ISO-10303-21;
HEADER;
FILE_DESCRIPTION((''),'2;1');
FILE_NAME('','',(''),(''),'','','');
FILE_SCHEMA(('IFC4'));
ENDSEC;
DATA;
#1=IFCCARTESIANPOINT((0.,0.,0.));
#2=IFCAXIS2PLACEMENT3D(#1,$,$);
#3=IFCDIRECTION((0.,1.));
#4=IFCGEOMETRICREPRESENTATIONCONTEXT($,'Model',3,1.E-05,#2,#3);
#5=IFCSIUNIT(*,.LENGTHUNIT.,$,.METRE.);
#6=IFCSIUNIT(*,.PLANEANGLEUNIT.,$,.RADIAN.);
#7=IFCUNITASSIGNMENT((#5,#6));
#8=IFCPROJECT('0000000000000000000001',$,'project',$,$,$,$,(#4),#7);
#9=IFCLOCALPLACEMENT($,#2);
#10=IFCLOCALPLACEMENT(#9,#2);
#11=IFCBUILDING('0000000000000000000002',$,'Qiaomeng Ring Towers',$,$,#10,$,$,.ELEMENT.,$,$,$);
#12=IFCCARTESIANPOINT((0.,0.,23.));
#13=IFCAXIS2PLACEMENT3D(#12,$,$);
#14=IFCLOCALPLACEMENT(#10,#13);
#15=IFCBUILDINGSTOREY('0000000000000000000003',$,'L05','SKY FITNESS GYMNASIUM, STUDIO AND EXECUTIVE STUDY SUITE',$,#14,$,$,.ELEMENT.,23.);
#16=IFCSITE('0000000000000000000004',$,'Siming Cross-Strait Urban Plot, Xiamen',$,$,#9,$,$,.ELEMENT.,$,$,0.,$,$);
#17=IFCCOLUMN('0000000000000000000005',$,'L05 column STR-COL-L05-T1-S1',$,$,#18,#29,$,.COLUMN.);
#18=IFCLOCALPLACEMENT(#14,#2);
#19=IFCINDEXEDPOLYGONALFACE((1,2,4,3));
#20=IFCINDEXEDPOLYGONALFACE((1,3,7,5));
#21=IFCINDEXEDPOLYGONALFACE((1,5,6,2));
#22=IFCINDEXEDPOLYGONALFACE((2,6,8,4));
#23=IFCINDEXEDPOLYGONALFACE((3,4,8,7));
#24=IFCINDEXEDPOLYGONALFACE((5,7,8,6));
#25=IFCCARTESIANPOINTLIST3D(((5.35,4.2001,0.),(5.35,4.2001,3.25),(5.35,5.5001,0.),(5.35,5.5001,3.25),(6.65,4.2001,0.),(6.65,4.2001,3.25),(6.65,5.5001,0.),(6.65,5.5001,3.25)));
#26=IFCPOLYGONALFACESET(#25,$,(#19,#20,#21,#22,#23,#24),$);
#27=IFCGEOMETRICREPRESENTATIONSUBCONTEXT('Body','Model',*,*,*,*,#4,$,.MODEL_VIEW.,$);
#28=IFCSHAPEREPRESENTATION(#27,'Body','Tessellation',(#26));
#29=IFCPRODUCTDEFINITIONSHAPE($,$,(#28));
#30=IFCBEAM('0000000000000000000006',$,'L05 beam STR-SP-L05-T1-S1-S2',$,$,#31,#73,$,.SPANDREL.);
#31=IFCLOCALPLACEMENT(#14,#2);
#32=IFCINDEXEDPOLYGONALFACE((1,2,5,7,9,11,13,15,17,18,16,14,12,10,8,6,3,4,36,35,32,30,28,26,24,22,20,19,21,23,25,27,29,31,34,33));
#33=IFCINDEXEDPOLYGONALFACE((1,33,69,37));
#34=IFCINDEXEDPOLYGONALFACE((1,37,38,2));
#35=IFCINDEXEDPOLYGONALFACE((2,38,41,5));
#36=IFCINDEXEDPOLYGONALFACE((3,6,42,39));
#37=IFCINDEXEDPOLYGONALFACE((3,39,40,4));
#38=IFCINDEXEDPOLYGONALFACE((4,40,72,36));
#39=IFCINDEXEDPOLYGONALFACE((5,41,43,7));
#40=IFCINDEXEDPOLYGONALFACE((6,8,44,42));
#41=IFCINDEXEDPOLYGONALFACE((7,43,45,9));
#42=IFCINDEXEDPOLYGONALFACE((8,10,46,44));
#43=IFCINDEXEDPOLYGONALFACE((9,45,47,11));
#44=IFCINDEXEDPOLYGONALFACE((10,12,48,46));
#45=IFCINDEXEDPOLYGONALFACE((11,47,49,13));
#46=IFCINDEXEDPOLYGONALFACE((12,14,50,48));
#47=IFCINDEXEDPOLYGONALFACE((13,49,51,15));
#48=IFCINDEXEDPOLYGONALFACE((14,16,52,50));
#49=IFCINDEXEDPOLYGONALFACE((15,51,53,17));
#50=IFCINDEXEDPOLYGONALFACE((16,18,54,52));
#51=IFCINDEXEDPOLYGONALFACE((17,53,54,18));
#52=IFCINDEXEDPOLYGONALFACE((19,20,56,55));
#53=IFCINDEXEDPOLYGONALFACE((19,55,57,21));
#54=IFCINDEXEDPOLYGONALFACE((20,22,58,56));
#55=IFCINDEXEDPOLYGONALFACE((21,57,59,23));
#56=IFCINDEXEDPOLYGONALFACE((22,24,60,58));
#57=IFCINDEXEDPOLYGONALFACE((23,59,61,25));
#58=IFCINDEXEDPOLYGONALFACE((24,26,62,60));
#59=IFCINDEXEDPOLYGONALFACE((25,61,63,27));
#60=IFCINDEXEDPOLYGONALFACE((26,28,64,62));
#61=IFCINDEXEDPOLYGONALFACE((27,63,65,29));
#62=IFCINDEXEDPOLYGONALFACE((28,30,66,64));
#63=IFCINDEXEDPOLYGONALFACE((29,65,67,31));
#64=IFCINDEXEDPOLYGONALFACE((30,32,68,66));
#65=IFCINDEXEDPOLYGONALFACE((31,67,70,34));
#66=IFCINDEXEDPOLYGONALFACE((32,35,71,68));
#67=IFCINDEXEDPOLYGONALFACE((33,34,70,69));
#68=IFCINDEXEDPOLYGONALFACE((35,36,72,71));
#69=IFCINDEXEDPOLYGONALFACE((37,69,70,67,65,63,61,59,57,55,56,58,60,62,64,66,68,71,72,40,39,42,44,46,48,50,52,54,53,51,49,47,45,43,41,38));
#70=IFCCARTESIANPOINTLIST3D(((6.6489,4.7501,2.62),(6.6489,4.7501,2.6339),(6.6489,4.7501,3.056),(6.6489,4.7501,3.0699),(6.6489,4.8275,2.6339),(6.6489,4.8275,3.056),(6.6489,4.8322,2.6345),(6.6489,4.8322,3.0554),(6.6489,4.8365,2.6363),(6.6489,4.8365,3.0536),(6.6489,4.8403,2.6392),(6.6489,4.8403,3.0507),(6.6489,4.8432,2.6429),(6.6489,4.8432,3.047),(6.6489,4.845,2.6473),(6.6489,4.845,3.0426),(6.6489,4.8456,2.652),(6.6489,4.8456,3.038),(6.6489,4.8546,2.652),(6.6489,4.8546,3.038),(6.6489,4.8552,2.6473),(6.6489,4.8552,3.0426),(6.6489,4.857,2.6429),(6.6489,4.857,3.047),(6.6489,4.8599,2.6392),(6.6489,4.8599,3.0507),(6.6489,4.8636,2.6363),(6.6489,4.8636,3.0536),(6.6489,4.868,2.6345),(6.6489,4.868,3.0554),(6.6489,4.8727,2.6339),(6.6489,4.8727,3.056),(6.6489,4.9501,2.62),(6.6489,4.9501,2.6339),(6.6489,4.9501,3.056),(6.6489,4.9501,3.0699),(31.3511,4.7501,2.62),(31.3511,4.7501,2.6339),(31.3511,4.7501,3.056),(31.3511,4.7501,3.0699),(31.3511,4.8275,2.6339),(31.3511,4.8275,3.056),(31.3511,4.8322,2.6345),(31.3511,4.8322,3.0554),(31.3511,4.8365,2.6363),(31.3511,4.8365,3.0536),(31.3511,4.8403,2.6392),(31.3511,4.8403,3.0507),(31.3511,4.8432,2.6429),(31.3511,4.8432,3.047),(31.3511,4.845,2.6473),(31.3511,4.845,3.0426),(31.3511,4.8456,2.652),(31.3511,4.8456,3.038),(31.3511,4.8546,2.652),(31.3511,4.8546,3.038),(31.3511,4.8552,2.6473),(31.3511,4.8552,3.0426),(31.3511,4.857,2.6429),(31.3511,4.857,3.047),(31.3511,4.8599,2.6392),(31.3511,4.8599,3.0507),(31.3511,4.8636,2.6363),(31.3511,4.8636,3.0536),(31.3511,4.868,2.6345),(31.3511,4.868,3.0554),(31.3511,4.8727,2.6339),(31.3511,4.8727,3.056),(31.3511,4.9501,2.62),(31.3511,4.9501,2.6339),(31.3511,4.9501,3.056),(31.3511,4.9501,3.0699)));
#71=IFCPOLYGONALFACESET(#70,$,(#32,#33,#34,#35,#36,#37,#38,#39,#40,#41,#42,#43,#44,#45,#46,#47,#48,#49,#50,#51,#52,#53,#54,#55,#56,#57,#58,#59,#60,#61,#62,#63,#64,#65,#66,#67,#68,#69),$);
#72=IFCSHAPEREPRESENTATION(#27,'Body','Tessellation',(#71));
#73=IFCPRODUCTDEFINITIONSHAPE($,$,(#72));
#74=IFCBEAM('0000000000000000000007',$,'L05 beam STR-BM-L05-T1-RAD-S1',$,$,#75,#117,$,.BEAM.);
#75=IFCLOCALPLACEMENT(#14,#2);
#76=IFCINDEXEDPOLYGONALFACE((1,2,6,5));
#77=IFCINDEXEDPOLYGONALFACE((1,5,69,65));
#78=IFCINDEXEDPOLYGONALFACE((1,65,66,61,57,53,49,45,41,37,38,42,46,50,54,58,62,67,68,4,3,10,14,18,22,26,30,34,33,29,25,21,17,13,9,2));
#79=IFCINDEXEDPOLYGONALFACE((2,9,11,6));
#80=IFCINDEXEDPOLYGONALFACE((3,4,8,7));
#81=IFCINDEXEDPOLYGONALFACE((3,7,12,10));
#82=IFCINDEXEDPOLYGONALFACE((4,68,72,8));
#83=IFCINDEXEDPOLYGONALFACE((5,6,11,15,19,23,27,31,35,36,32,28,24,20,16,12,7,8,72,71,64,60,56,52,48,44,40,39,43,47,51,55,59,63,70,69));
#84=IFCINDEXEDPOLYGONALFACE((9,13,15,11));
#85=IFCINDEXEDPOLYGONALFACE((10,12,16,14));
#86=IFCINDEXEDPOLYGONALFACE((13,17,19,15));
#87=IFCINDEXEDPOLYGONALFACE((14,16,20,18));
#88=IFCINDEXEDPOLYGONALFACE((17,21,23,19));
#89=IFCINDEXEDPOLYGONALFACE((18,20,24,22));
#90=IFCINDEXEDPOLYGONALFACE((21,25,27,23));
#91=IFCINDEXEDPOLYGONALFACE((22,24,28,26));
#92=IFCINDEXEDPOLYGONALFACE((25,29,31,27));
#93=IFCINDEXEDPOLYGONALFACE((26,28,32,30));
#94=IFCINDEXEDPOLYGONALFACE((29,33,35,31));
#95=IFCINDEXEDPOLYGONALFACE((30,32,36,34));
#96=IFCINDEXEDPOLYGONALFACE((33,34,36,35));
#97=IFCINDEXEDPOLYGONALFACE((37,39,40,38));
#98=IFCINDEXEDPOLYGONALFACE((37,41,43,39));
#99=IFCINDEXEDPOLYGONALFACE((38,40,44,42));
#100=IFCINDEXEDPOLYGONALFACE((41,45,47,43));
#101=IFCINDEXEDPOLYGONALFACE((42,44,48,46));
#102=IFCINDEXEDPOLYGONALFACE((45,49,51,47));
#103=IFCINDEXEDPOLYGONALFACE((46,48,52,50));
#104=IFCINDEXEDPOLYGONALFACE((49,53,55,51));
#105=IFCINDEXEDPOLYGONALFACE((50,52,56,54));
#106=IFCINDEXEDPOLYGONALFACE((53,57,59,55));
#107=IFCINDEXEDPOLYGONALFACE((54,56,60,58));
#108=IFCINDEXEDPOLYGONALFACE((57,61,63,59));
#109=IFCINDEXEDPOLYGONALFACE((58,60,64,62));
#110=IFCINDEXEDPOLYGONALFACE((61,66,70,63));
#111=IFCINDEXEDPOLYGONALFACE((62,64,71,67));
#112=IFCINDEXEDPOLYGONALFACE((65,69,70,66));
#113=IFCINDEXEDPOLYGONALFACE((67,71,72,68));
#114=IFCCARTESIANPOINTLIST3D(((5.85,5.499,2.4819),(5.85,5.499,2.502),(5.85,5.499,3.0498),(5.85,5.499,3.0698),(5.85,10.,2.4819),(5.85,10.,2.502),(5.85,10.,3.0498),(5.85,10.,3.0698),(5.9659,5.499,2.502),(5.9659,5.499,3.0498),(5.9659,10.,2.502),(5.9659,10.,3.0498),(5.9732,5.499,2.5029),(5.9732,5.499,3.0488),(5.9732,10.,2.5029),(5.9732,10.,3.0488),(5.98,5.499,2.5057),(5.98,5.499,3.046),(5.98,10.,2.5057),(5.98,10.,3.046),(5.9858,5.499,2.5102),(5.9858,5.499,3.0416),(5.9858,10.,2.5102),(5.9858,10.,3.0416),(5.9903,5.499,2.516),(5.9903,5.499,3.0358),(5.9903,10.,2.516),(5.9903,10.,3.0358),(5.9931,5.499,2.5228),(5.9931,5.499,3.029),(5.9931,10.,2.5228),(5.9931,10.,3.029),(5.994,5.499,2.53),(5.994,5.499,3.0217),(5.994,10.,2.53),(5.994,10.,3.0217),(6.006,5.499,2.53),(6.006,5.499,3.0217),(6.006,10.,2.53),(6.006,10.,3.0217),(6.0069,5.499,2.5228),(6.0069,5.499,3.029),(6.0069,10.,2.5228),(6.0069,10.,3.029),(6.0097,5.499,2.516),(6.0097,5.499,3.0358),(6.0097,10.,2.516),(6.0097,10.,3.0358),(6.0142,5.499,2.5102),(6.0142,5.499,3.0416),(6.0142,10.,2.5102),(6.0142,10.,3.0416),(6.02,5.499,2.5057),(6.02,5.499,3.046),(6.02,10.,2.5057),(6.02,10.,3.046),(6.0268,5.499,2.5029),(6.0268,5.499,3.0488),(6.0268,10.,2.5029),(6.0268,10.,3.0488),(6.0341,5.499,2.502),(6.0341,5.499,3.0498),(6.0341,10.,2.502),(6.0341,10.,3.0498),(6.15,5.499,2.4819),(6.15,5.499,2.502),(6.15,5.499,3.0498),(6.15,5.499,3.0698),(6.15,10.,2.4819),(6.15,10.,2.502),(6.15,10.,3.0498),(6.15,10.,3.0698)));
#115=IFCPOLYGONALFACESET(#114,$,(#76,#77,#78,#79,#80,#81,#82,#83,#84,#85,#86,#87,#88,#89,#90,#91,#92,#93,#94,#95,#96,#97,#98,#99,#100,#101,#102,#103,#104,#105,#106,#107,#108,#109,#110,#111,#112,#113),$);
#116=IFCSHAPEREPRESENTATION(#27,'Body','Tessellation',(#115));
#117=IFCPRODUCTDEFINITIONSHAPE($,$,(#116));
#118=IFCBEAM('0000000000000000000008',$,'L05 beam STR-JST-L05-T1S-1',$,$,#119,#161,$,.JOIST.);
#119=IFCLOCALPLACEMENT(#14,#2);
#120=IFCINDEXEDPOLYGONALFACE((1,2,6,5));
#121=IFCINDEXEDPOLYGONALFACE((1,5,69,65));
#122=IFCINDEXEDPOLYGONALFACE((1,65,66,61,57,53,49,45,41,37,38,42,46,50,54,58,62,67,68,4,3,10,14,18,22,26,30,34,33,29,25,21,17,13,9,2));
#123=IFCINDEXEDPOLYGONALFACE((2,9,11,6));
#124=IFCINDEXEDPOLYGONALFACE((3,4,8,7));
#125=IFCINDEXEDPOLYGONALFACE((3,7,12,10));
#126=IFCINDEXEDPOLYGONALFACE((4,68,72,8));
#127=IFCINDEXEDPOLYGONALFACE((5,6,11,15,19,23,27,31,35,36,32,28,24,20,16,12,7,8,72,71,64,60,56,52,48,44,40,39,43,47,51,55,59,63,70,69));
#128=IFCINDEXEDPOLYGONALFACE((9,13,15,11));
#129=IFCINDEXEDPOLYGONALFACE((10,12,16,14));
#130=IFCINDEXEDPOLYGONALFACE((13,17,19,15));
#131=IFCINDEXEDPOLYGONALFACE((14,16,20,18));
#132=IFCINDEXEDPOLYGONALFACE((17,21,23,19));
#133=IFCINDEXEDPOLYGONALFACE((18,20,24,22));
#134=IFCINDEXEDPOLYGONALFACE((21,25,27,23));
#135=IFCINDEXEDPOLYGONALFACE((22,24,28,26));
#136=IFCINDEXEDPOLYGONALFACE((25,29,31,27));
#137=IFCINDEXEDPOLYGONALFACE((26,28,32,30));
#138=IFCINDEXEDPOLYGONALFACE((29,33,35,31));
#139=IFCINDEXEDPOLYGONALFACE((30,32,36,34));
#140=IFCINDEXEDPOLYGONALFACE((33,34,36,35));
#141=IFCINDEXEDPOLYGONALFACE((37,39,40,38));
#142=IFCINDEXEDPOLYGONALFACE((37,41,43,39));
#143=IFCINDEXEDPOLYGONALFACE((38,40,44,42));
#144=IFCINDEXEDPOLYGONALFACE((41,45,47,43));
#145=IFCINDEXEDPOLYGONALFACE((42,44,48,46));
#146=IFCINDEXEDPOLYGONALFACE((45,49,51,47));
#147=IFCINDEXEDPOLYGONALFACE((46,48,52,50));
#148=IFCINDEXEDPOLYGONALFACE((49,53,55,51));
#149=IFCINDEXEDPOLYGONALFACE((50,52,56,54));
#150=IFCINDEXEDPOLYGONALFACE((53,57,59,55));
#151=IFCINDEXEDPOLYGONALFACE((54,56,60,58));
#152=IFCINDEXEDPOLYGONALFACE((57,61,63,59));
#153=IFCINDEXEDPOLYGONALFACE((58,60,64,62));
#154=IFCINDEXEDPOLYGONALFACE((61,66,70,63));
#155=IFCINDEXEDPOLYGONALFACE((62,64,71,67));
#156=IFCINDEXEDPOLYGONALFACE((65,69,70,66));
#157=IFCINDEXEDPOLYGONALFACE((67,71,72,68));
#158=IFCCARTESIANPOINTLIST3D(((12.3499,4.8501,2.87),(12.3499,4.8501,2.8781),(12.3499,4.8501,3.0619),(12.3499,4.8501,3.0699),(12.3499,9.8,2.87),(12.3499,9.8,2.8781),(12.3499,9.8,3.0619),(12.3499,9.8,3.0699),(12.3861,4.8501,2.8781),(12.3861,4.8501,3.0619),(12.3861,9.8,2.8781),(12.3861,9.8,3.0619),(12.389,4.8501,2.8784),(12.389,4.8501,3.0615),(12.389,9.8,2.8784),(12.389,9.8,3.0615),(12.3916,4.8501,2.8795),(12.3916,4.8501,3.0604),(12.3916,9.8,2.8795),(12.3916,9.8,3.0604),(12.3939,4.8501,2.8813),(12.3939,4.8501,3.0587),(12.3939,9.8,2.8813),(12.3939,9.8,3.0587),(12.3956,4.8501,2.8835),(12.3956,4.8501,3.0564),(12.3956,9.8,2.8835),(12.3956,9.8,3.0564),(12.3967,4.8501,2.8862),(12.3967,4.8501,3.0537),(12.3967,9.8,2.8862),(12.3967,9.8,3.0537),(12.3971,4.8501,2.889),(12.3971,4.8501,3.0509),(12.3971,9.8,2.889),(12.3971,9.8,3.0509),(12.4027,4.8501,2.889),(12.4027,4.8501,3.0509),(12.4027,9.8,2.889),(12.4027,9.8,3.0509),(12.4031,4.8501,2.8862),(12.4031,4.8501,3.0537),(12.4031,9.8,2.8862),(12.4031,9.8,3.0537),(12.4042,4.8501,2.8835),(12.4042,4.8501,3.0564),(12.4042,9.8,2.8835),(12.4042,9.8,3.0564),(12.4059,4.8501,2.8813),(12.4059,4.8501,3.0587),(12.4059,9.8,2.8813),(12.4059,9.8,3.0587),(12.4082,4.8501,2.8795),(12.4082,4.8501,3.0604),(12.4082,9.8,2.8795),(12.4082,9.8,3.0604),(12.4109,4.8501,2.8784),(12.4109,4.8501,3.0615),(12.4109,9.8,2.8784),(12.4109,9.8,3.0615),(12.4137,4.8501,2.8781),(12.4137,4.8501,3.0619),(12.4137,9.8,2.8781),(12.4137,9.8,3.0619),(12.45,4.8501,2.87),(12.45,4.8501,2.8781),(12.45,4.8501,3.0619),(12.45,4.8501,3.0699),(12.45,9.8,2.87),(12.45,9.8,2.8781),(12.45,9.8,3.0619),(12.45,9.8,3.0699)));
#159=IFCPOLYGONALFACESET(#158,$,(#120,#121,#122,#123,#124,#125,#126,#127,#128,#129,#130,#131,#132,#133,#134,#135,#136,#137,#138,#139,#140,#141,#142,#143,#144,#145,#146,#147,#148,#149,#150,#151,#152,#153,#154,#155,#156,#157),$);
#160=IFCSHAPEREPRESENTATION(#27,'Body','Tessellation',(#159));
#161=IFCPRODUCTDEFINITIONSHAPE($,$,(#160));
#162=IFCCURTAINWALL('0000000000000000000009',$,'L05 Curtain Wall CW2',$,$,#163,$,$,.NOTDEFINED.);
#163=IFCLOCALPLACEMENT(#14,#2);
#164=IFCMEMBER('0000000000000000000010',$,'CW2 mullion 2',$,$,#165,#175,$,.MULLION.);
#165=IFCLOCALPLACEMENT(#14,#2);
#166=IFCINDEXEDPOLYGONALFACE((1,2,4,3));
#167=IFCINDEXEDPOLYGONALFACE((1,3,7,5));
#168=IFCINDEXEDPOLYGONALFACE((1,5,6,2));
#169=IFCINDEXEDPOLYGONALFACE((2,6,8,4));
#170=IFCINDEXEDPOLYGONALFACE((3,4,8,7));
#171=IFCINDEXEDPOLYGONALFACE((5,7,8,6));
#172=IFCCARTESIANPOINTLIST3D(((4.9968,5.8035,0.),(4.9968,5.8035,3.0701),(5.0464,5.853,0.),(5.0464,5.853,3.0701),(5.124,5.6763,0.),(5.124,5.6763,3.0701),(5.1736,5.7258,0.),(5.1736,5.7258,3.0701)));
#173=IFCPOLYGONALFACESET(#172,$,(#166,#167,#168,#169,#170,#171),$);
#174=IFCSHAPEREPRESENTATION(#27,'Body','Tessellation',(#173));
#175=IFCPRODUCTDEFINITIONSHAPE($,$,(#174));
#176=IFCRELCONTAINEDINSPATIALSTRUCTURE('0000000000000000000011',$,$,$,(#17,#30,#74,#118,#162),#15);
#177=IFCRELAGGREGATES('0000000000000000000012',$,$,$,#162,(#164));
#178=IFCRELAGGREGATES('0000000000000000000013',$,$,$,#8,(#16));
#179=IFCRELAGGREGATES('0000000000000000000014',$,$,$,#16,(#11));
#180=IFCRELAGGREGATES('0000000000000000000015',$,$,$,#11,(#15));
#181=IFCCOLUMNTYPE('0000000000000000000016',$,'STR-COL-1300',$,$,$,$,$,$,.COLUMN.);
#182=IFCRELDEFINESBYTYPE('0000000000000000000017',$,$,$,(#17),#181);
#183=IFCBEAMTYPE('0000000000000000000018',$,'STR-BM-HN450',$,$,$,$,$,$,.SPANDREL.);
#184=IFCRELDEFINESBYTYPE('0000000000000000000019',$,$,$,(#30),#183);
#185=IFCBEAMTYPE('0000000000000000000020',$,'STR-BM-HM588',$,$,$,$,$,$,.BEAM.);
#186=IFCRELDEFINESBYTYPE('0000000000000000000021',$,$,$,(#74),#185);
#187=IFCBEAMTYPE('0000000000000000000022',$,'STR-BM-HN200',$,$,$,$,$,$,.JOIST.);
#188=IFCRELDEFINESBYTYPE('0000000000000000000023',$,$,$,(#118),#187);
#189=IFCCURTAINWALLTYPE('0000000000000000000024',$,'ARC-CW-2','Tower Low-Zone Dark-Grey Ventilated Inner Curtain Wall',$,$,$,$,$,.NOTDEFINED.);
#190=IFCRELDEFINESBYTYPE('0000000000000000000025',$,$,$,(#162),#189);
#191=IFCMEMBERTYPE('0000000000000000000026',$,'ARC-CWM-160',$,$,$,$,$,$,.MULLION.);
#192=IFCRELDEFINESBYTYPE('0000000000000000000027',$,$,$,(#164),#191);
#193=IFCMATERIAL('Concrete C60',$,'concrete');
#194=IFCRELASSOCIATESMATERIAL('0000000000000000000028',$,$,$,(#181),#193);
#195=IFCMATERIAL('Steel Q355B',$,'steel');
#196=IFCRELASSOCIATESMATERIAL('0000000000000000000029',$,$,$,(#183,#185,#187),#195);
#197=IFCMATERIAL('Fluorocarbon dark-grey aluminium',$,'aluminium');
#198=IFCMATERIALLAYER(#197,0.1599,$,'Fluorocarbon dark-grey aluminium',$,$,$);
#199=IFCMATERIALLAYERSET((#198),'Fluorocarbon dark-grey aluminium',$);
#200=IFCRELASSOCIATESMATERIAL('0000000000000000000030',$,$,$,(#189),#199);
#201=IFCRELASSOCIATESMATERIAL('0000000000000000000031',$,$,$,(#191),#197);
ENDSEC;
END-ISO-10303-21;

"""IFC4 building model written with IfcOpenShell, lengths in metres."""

from ifc_helpers import new_model, si_unit, direction, frame, origin, origin_2d, place, context, subcontext, project, spatial, rectangle, i_section, extrude, source, transform, mapped, material, layer, layer_set, material_profile, profile_set, type_object, element, aggregate, save


model = new_model("IFC4")

# Units and contexts
model_context = context("Model", 3, precision=1e-05, world=origin(), true_north=direction((0.0, 1.0)))
body_context = subcontext(model_context, "Body", "Model", "MODEL_VIEW")
ifc_project = project(units=[si_unit("LENGTHUNIT", "METRE"), si_unit("PLANEANGLEUNIT", "RADIAN")], contexts=[model_context])

# Site, building, storey
site_placement = place(None, origin())
site = spatial("IfcSite", under=ifc_project, at=site_placement, Name="Siming Cross-Strait Urban Plot, Xiamen", CompositionType="ELEMENT", RefElevation=0.0)
building_placement = place(site_placement, origin())
building = spatial("IfcBuilding", under=site, at=building_placement, Name="Qiaomeng Ring Towers", CompositionType="ELEMENT")
storey_placement = place(building_placement, frame((0.0, 0.0, 23.0)))
storey = spatial("IfcBuildingStorey", under=building, at=storey_placement, Name="L05", Description="SKY FITNESS GYMNASIUM, STUDIO AND EXECUTIVE STUDY SUITE", CompositionType="ELEMENT", Elevation=23.0)

# Column
ifc_material_1 = material(Name="Concrete C60", Category="concrete")
ifc_material_profile_1 = material_profile(ifc_material_1, rectangle(XDim=1.3, YDim=1.3, at=origin_2d()), Name="RC COL 1300x1300")
ifc_profile_set_1 = profile_set([ifc_material_profile_1], Name="Concrete C60")
column_type = type_object("IfcColumnType", Name="STR-COL-1300", PredefinedType="COLUMN", material=ifc_profile_set_1)
shared_shape_1 = source(origin(), body_context, "Body", "SweptSolid", [
    extrude(rectangle(XDim=1.3, YDim=1.3, at=origin_2d()), origin(), (0.0, 0.0, 1.0), 3.25),
])
column_placement = place(storey_placement, frame((6.0, 4.8501, 0.0), z_axis=(0.0, 0.0, 1.0), x_axis=(1.0, 0.0, 0.0)))
element("IfcColumn", 1, at=column_placement, inside=storey, type_object=column_type, Name="L05 column STR-COL-L05-T1-S1", PredefinedType="COLUMN", context=body_context, shape_type="MappedRepresentation", body=[
    mapped(shared_shape_1, transform((0.0, 0.0, 0.0), x_axis=(1.0, 0.0, 0.0), y_axis=(0.0, 1.0, 0.0), z_axis=(0.0, 0.0, 1.0), scale=1.0)),
])

# Beams
ifc_material_2 = material(Name="Steel Q355B", Category="steel")
ifc_material_profile_2 = material_profile(ifc_material_2, i_section(OverallWidth=0.2, OverallDepth=0.45, WebThickness=0.009, FlangeThickness=0.0139, FilletRadius=0.0181, at=origin_2d()), Name="HN 450x200x9x14")
ifc_profile_set_2 = profile_set([ifc_material_profile_2], Name="Steel Q355B")
beam_type_1 = type_object("IfcBeamType", Name="STR-BM-HN450", PredefinedType="SPANDREL", material=ifc_profile_set_2)
shared_shape_2 = source(origin(), body_context, "Body", "SweptSolid", [
    extrude(i_section(OverallWidth=0.2, OverallDepth=0.45, WebThickness=0.009, FlangeThickness=0.0139, FilletRadius=0.0181, at=origin_2d()), origin(), (0.0, 0.0, 1.0), 24.7021),
])
beam_1_placement = place(storey_placement, frame((6.6489, 4.8501, 2.845), z_axis=(1.0, 0.0, 0.0), x_axis=(0.0, 1.0, 0.0)))
element("IfcBeam", 2, at=beam_1_placement, inside=storey, type_object=beam_type_1, Name="L05 beam STR-SP-L05-T1-S1-S2", PredefinedType="SPANDREL", context=body_context, shape_type="MappedRepresentation", body=[
    mapped(shared_shape_2, transform((0.0, 0.0, 0.0), x_axis=(1.0, 0.0, 0.0), y_axis=(0.0, 1.0, 0.0), z_axis=(0.0, 0.0, 1.0), scale=1.0)),
])
ifc_material_profile_3 = material_profile(ifc_material_2, i_section(OverallWidth=0.3, OverallDepth=0.5879, WebThickness=0.012, FlangeThickness=0.02, FilletRadius=0.0281, at=origin_2d()), Name="HM 588x300x12x20")
ifc_profile_set_3 = profile_set([ifc_material_profile_3], Name="Steel Q355B")
beam_type_2 = type_object("IfcBeamType", Name="STR-BM-HM588", PredefinedType="BEAM", material=ifc_profile_set_3)
shared_shape_3 = source(origin(), body_context, "Body", "SweptSolid", [
    extrude(i_section(OverallWidth=0.3, OverallDepth=0.5879, WebThickness=0.012, FlangeThickness=0.02, FilletRadius=0.0281, at=origin_2d()), origin(), (0.0, 0.0, 1.0), 4.501),
])
beam_2_placement = place(storey_placement, frame((6.0, 5.499, 2.7759), z_axis=(0.0, 1.0, 0.0), x_axis=(-1.0, 0.0, 0.0)))
element("IfcBeam", 3, at=beam_2_placement, inside=storey, type_object=beam_type_2, Name="L05 beam STR-BM-L05-T1-RAD-S1", PredefinedType="BEAM", context=body_context, shape_type="MappedRepresentation", body=[
    mapped(shared_shape_3, transform((0.0, 0.0, 0.0), x_axis=(1.0, 0.0, 0.0), y_axis=(0.0, 1.0, 0.0), z_axis=(0.0, 0.0, 1.0), scale=1.0)),
])
ifc_material_profile_4 = material_profile(ifc_material_2, i_section(OverallWidth=0.1001, OverallDepth=0.2, WebThickness=0.0056, FlangeThickness=0.0081, FilletRadius=0.011, at=origin_2d()), Name="HN 200x100x5.5x8")
ifc_profile_set_4 = profile_set([ifc_material_profile_4], Name="Steel Q355B")
beam_type_3 = type_object("IfcBeamType", Name="STR-BM-HN200", PredefinedType="JOIST", material=ifc_profile_set_4)
shared_shape_4 = source(origin(), body_context, "Body", "SweptSolid", [
    extrude(i_section(OverallWidth=0.1001, OverallDepth=0.2, WebThickness=0.0056, FlangeThickness=0.0081, FilletRadius=0.011, at=origin_2d()), origin(), (0.0, 0.0, 1.0), 4.95),
])
beam_3_placement = place(storey_placement, frame((12.3999, 4.8501, 2.97), z_axis=(0.0, 1.0, 0.0), x_axis=(-1.0, 0.0, 0.0)))
element("IfcBeam", 4, at=beam_3_placement, inside=storey, type_object=beam_type_3, Name="L05 beam STR-JST-L05-T1S-1", PredefinedType="JOIST", context=body_context, shape_type="MappedRepresentation", body=[
    mapped(shared_shape_4, transform((0.0, 0.0, 0.0), x_axis=(1.0, 0.0, 0.0), y_axis=(0.0, 1.0, 0.0), z_axis=(0.0, 0.0, 1.0), scale=1.0)),
])

# Curtain wall, member
ifc_material_3 = material(Name="Fluorocarbon dark-grey aluminium", Category="aluminium")
ifc_layer_1 = layer(ifc_material_3, 0.1599, Name="Fluorocarbon dark-grey aluminium")
ifc_layer_set_1 = layer_set([ifc_layer_1], Name="Fluorocarbon dark-grey aluminium")
curtain_wall_type = type_object("IfcCurtainWallType", Name="ARC-CW-2", Description="Tower Low-Zone Dark-Grey Ventilated Inner Curtain Wall", PredefinedType="NOTDEFINED", material=ifc_layer_set_1)
curtain_wall_placement = place(storey_placement, origin())
curtain_wall = element("IfcCurtainWall", 5, at=curtain_wall_placement, inside=storey, type_object=curtain_wall_type, Name="L05 Curtain Wall CW2", PredefinedType="NOTDEFINED")
ifc_material_profile_5 = material_profile(ifc_material_3, rectangle(XDim=0.0701, YDim=0.1799, at=origin_2d()), Name="ALU MULL 70x180")
ifc_profile_set_5 = profile_set([ifc_material_profile_5], Name="Fluorocarbon dark-grey aluminium")
member_type = type_object("IfcMemberType", Name="ARC-CWM-160", PredefinedType="MULLION", material=ifc_profile_set_5)
shared_shape_5 = source(origin(), body_context, "Body", "SweptSolid", [
    extrude(rectangle(XDim=0.0701, YDim=0.1799, at=origin_2d()), origin(), (0.0, 0.0, 1.0), 3.0701),
])
member_placement = place(storey_placement, frame((5.0852, 5.7646, 0.0), z_axis=(0.0, 0.0, 1.0), x_axis=(0.707107, 0.707107, 0.0)))
member = element("IfcMember", 6, at=member_placement, type_object=member_type, Name="CW2 mullion 2", PredefinedType="MULLION", context=body_context, shape_type="MappedRepresentation", body=[
    mapped(shared_shape_5, transform((0.0, 0.0, 0.0), x_axis=(1.0, 0.0, 0.0), y_axis=(0.0, 1.0, 0.0), z_axis=(0.0, 0.0, 1.0), scale=1.0)),
])

aggregate(curtain_wall, [member])

save(model, "model.ifc")
